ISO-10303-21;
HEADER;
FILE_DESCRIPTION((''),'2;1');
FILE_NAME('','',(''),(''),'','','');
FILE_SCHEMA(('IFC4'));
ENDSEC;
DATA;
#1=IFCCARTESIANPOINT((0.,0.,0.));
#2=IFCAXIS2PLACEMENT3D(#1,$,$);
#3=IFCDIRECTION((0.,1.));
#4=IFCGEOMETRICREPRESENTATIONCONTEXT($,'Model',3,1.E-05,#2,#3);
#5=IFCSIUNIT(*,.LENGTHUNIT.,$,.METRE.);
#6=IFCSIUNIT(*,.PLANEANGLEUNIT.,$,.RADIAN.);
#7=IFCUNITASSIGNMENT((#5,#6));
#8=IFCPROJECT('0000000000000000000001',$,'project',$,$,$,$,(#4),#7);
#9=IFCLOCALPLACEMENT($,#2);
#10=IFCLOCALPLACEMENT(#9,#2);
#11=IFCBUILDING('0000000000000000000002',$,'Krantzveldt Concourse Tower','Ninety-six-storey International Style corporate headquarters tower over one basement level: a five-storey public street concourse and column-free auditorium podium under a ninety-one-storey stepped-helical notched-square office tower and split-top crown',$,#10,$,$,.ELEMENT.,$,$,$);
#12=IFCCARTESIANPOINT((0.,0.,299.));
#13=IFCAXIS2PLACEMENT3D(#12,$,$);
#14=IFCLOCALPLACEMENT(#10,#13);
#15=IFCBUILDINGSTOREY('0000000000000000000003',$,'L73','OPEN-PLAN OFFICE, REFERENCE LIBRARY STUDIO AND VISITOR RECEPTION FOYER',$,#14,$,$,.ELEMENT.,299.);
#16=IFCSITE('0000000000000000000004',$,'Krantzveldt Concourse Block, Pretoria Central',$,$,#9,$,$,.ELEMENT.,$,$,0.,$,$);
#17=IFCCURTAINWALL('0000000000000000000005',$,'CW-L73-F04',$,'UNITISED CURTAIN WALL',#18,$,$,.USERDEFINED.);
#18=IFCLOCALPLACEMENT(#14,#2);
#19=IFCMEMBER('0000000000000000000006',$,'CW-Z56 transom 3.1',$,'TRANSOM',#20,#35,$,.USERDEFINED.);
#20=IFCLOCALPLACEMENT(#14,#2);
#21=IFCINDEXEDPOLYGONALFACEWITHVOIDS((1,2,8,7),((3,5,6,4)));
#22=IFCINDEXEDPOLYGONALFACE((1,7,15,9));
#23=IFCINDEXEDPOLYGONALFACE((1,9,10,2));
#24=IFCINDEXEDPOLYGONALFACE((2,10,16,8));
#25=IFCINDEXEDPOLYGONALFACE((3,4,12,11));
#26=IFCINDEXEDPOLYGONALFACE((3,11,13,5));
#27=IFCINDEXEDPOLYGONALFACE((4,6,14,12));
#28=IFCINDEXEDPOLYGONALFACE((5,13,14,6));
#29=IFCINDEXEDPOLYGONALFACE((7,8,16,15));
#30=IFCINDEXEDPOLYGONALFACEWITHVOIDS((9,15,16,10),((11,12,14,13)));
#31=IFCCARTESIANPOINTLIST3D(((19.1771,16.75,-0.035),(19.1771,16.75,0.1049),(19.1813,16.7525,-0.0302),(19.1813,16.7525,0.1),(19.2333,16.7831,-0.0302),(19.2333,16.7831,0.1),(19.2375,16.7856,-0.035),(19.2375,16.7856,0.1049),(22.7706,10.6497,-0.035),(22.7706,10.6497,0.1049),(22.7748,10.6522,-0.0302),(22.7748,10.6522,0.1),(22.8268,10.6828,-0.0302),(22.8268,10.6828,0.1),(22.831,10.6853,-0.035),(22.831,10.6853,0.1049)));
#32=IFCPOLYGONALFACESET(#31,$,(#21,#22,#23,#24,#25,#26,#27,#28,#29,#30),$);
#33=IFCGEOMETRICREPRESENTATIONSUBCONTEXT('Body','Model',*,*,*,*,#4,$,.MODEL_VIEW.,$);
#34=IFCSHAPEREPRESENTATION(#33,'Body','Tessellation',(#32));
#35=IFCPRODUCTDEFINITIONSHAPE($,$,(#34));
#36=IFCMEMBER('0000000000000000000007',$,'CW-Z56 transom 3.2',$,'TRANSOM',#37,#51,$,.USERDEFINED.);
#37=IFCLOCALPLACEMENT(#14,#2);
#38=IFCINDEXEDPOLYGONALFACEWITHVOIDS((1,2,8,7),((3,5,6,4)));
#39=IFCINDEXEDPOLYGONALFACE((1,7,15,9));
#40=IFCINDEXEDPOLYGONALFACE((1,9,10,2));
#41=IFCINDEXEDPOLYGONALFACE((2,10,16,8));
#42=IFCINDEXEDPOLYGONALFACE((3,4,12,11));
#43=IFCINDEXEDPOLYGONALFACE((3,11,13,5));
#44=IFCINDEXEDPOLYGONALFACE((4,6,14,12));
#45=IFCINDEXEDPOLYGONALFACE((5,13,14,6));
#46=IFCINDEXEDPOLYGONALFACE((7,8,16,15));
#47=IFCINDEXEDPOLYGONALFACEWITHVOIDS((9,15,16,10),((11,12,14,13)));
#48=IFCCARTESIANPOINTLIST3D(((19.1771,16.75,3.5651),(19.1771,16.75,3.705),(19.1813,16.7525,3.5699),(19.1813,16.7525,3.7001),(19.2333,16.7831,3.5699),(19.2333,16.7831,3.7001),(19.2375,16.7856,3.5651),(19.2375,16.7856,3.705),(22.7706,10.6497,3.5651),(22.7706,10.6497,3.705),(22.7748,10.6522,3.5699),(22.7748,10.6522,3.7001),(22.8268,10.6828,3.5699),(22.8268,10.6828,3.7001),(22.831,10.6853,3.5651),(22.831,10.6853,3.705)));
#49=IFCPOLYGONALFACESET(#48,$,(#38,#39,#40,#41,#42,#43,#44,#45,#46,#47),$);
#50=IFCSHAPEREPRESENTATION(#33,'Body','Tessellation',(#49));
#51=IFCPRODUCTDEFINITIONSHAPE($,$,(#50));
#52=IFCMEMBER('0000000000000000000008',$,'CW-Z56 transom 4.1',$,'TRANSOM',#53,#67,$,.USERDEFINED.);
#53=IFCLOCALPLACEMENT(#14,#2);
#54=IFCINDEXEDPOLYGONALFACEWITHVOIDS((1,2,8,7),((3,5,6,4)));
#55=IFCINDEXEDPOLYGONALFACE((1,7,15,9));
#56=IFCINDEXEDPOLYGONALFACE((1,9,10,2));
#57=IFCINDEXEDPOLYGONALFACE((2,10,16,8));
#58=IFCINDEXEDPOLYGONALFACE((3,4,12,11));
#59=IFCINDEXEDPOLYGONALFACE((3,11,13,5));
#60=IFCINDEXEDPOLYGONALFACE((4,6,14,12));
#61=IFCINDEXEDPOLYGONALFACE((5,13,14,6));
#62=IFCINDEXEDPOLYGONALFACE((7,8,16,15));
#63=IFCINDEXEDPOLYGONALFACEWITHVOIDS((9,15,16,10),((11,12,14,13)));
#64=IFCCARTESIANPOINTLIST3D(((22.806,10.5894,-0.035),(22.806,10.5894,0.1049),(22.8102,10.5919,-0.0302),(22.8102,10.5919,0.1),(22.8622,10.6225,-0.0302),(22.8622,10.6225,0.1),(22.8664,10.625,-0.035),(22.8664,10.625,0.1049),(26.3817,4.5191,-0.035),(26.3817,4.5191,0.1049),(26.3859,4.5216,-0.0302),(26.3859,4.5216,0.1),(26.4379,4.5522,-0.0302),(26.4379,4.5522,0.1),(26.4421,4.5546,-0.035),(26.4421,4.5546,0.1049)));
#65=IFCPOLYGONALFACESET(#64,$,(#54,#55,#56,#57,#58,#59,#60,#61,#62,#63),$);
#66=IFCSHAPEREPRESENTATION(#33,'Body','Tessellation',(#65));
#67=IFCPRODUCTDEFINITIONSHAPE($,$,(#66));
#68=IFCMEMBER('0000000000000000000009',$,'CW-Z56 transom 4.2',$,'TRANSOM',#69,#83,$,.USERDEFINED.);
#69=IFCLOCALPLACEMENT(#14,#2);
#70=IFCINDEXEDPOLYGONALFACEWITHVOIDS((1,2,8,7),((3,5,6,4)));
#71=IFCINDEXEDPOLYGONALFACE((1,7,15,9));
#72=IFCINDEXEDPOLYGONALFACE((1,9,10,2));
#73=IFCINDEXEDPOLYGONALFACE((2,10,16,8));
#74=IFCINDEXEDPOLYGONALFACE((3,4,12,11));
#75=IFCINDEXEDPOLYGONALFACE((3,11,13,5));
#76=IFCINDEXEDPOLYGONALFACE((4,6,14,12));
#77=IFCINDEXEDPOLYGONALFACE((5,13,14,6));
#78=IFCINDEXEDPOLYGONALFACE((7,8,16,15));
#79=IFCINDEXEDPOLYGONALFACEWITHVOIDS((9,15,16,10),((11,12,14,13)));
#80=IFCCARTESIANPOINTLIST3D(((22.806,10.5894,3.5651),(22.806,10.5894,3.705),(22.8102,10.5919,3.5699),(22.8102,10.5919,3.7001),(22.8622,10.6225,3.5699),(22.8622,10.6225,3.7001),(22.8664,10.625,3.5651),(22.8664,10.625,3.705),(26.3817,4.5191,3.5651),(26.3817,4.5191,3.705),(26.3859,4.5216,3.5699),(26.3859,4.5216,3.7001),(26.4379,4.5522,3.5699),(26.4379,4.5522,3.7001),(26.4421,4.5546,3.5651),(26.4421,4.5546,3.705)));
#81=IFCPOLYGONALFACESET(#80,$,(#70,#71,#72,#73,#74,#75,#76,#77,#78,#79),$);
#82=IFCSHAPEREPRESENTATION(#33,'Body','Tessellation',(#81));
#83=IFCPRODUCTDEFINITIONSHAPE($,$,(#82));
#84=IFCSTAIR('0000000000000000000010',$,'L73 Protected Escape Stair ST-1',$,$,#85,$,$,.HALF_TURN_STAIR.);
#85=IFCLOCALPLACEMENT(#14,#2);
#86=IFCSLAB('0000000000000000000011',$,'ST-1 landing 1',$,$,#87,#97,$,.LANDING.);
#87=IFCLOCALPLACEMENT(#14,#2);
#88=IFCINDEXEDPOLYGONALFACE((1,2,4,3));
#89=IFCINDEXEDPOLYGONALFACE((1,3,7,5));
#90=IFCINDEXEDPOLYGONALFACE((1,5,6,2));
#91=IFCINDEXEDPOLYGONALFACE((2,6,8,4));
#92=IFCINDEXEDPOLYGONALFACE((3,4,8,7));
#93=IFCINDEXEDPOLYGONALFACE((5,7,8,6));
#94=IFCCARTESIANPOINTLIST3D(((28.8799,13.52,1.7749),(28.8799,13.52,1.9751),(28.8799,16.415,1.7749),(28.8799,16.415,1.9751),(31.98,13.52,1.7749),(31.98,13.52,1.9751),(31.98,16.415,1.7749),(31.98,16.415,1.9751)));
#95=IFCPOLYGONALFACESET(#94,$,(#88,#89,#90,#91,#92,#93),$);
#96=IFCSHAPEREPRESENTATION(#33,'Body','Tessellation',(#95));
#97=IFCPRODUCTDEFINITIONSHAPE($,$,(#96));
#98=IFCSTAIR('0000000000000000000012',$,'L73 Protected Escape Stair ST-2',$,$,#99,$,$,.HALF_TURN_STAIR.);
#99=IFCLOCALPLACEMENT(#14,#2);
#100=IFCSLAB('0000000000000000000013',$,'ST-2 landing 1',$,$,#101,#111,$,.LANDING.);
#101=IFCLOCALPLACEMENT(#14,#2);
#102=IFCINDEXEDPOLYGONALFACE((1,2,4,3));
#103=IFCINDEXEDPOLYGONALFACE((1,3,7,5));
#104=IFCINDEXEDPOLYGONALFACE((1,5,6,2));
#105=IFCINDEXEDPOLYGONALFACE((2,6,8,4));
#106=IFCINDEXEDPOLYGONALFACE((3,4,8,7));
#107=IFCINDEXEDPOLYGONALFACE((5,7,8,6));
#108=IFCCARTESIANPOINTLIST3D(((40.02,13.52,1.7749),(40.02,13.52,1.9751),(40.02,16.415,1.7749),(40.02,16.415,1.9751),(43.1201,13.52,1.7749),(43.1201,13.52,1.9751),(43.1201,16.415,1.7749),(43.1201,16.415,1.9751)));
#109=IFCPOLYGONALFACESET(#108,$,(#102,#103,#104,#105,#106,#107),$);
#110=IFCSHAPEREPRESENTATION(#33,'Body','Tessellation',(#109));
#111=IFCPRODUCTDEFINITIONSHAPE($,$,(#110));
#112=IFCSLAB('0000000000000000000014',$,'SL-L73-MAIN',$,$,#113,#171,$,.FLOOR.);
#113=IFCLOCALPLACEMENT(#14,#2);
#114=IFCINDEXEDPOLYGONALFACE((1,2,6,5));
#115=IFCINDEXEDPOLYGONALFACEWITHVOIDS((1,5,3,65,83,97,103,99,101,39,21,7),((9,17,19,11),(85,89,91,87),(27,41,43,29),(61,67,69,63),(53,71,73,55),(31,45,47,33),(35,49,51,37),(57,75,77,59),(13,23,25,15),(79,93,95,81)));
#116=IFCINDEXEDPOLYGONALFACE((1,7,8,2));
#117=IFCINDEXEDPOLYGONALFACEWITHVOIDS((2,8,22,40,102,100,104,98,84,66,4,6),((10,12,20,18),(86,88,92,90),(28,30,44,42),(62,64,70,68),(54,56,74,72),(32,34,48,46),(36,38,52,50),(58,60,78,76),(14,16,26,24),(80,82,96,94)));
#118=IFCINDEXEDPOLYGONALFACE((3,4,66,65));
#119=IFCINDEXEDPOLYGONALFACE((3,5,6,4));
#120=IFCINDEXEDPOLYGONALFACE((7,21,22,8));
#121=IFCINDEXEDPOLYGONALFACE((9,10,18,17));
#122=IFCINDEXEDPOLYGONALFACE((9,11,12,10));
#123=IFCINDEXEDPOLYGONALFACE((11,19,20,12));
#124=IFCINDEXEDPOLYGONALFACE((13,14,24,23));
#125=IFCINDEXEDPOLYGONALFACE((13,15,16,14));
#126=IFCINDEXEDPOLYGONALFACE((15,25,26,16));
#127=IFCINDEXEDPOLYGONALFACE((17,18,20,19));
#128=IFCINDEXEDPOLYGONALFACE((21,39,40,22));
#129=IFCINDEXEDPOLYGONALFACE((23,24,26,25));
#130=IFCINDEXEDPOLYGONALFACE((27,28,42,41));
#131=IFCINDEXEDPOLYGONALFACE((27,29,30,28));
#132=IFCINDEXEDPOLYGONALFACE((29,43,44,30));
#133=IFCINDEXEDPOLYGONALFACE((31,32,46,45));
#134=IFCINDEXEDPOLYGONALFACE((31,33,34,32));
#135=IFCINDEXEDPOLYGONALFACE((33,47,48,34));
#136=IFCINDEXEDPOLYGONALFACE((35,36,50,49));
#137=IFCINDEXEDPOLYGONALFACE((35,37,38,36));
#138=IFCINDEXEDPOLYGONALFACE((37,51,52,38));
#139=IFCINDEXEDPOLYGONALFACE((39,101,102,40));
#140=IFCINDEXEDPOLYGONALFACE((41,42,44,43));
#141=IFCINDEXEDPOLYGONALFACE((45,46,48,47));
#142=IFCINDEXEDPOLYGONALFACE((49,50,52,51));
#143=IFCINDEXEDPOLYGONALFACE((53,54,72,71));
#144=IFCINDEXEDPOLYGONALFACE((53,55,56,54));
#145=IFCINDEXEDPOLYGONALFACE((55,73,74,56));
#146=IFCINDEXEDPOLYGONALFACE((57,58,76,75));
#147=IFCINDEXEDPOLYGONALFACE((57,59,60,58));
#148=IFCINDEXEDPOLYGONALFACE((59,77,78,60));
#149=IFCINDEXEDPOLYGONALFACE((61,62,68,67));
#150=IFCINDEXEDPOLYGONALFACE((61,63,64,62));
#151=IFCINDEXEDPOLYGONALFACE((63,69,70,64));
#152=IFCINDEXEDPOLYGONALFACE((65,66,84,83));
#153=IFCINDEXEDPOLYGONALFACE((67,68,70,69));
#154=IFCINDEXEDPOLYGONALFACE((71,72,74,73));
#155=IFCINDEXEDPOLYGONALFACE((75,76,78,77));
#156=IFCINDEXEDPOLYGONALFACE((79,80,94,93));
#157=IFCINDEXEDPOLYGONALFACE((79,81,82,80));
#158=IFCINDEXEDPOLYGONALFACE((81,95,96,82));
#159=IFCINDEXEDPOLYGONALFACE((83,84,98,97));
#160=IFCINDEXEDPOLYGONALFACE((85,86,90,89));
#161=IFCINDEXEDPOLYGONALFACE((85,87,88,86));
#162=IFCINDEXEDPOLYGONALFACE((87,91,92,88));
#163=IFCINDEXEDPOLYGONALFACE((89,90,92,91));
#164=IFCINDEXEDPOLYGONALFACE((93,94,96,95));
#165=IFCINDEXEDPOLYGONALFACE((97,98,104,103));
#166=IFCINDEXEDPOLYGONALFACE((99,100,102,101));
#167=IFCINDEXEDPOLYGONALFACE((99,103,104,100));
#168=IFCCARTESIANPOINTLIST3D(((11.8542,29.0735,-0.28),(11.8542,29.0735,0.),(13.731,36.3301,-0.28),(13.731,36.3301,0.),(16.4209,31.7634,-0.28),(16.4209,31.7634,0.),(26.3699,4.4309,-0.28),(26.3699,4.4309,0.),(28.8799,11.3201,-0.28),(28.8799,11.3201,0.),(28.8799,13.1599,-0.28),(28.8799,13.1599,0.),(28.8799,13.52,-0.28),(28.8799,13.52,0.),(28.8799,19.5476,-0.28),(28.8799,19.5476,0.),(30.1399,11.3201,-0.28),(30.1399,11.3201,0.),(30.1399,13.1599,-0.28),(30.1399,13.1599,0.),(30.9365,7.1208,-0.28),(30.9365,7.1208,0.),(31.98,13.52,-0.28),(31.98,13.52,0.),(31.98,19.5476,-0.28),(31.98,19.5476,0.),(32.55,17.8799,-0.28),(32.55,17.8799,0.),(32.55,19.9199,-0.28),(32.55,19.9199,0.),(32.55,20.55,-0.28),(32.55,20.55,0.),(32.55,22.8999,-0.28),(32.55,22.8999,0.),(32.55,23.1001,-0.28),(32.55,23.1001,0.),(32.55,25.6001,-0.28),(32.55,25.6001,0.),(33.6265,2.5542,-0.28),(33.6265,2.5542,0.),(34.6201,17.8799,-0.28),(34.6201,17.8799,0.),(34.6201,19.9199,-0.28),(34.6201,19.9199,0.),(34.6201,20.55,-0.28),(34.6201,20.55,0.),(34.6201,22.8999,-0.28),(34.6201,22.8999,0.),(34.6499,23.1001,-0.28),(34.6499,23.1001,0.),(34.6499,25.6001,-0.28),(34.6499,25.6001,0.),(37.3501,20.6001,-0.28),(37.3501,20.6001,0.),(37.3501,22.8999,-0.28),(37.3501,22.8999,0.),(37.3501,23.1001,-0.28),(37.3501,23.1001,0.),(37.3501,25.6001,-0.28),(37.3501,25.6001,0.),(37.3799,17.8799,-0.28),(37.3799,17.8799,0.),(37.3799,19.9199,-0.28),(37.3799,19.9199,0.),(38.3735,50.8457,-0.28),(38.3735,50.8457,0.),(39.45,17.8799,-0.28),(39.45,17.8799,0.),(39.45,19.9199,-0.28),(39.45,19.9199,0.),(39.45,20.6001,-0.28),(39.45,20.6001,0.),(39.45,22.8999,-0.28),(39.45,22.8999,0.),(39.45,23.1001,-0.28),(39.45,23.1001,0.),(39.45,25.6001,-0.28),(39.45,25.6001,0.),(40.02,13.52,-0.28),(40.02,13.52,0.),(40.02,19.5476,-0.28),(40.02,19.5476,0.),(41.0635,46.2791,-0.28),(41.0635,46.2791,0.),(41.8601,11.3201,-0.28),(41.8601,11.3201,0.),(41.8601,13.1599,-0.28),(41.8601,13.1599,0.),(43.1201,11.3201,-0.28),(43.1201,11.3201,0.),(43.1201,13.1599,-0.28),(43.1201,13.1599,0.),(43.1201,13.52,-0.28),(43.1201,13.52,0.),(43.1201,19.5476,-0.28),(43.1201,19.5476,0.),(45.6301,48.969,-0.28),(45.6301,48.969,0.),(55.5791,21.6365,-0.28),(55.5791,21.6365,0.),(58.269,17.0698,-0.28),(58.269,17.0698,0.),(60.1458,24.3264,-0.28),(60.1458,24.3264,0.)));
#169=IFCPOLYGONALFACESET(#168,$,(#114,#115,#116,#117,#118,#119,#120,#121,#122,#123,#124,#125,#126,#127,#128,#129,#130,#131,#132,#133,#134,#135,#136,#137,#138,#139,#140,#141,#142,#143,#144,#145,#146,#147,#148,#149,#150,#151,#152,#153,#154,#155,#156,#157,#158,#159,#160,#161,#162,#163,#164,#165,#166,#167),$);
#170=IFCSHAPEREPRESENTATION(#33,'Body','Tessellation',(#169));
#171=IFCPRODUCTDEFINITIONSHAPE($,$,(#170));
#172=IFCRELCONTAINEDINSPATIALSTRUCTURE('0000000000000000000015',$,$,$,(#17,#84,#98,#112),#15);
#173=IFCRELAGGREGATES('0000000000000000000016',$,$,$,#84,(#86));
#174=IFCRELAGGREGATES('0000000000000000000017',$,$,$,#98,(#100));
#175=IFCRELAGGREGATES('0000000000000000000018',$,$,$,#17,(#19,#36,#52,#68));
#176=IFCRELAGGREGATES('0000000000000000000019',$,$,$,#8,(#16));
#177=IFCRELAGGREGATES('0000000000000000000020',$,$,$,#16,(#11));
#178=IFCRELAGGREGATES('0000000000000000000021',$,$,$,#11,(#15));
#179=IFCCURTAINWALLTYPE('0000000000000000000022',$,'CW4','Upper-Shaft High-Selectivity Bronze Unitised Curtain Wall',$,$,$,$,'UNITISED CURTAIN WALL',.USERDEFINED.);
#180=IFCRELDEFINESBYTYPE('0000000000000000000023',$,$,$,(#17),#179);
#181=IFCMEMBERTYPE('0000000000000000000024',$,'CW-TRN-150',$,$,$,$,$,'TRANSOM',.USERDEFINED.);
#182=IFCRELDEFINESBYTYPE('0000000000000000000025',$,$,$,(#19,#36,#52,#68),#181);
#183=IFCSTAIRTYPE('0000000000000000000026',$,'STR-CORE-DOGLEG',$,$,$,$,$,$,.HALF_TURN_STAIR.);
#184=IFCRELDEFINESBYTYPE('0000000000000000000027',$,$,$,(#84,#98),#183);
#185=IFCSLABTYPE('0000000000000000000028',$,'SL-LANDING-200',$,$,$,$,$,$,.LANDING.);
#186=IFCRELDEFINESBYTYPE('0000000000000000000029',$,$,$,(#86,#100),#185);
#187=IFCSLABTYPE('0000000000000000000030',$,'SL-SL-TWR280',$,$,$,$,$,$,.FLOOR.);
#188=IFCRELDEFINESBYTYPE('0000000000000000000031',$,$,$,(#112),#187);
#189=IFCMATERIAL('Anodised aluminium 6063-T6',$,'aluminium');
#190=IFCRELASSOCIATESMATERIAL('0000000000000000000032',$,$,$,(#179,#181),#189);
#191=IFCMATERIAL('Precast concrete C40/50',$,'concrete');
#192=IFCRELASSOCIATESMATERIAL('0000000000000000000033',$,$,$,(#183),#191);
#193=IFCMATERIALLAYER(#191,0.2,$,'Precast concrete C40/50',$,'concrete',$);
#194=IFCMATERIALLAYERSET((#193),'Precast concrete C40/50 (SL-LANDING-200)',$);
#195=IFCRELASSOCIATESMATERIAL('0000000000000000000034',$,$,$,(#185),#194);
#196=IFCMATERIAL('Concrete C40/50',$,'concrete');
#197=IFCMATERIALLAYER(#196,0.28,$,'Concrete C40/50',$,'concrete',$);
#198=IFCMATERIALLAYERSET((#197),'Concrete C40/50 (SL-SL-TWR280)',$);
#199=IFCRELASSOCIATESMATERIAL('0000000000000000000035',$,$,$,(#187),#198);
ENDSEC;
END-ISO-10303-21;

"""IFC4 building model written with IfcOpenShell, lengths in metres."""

from ifc_helpers import new_model, si_unit, direction, frame, origin, origin_2d, place, context, subcontext, project, spatial, polyline, hollow_rectangle, outline, extrude, source, transform, mapped, material, layer, layer_set, material_profile, profile_set, type_object, type_shapes, element, aggregate, save


model = new_model("IFC4")

# Units and contexts
model_context = context("Model", 3, precision=1e-05, world=origin(), true_north=direction((0.0, 1.0)))
body_context = subcontext(model_context, "Body", "Model", "MODEL_VIEW")
ifc_project = project(units=[si_unit("LENGTHUNIT", "METRE"), si_unit("PLANEANGLEUNIT", "RADIAN")], contexts=[model_context])

# Site, building, storey
site_placement = place(None, origin())
site = spatial("IfcSite", under=ifc_project, at=site_placement, Name="Krantzveldt Concourse Block, Pretoria Central", CompositionType="ELEMENT", RefElevation=0.0)
building_placement = place(site_placement, origin())
building = spatial("IfcBuilding", under=site, at=building_placement, Name="Krantzveldt Concourse Tower", Description="Ninety-six-storey International Style corporate headquarters tower over one basement level: a five-storey public street concourse and column-free auditorium podium under a ninety-one-storey stepped-helical notched-square office tower and split-top crown", CompositionType="ELEMENT")
storey_placement = place(building_placement, frame((0.0, 0.0, 299.0)))
storey = spatial("IfcBuildingStorey", under=building, at=storey_placement, Name="L73", Description="OPEN-PLAN OFFICE, REFERENCE LIBRARY STUDIO AND VISITOR RECEPTION FOYER", CompositionType="ELEMENT", Elevation=299.0)

# Curtain wall, members
ifc_material_1 = material(Name="Anodised aluminium 6063-T6", Category="aluminium")
curtain_wall_type = type_object("IfcCurtainWallType", Name="CW4", Description="Upper-Shaft High-Selectivity Bronze Unitised Curtain Wall", ElementType="UNITISED CURTAIN WALL", PredefinedType="USERDEFINED", material=ifc_material_1)
curtain_wall_placement = place(storey_placement, origin())
curtain_wall = element("IfcCurtainWall", 1, at=curtain_wall_placement, inside=storey, type_object=curtain_wall_type, Name="CW-L73-F04", ObjectType="UNITISED CURTAIN WALL", PredefinedType="USERDEFINED")
ifc_material_profile_1 = material_profile(ifc_material_1, hollow_rectangle(XDim=0.0701, YDim=0.1399, WallThickness=0.0049, at=origin_2d()), Name="Anodised aluminium 6063-T6", Category="aluminium")
ifc_profile_set_1 = profile_set([ifc_material_profile_1], Name="Anodised aluminium 6063-T6 - ALU-TRAN 140x70x5")
member_type_1 = type_object("IfcMemberType", Name="CW-TRN-150", ElementType="TRANSOM", PredefinedType="USERDEFINED", material=ifc_profile_set_1)
shared_shape_1 = source(origin(), body_context, "Body", "SweptSolid", [
    extrude(hollow_rectangle(XDim=0.0701, YDim=0.1399, WallThickness=0.0049, at=origin_2d()), origin(), (0.0, 0.0, 1.0), 7.0801),
])
member_1_placement = place(storey_placement, frame((19.2073, 16.7678, 0.0349), z_axis=(0.507552, -0.861621, 0.0), x_axis=(0.861621, 0.507552, 0.0)))
member_1 = element("IfcMember", 2, at=member_1_placement, type_object=member_type_1, Name="CW-Z56 transom 3.1", ObjectType="TRANSOM", PredefinedType="USERDEFINED", context=body_context, shape_type="MappedRepresentation", body=[
    mapped(shared_shape_1, transform((0.0, 0.0, 0.0), x_axis=(1.0, 0.0, 0.0), y_axis=(0.0, 1.0, 0.0), z_axis=(0.0, 0.0, 1.0), scale=1.0)),
])
member_2_placement = place(storey_placement, frame((19.2073, 16.7678, 3.635), z_axis=(0.507552, -0.861621, 0.0), x_axis=(0.861621, 0.507552, 0.0)))
member_2 = element("IfcMember", 3, at=member_2_placement, type_object=member_type_1, Name="CW-Z56 transom 3.2", ObjectType="TRANSOM", PredefinedType="USERDEFINED", context=body_context, shape_type="MappedRepresentation", body=[
    mapped(shared_shape_1, transform((0.0, 0.0, 0.0), x_axis=(1.0, 0.0, 0.0), y_axis=(0.0, 1.0, 0.0), z_axis=(0.0, 0.0, 1.0), scale=1.0)),
])
shared_shape_2 = source(origin(), body_context, "Body", "SweptSolid", [
    extrude(hollow_rectangle(XDim=0.0701, YDim=0.1399, WallThickness=0.0049, at=origin_2d()), origin(), (0.0, 0.0, 1.0), 7.0452),
])
type_shapes(member_type_1, [shared_shape_1, shared_shape_2])
member_3_placement = place(storey_placement, frame((22.8362, 10.6072, 0.0349), z_axis=(0.507538, -0.861629, 0.0), x_axis=(0.861629, 0.507538, 0.0)))
member_3 = element("IfcMember", 4, at=member_3_placement, type_object=member_type_1, Name="CW-Z56 transom 4.1", ObjectType="TRANSOM", PredefinedType="USERDEFINED", context=body_context, shape_type="MappedRepresentation", body=[
    mapped(shared_shape_2, transform((0.0, 0.0, 0.0), x_axis=(1.0, 0.0, 0.0), y_axis=(0.0, 1.0, 0.0), z_axis=(0.0, 0.0, 1.0), scale=1.0)),
])
member_4_placement = place(storey_placement, frame((22.8362, 10.6072, 3.635), z_axis=(0.507538, -0.861629, 0.0), x_axis=(0.861629, 0.507538, 0.0)))
member_4 = element("IfcMember", 5, at=member_4_placement, type_object=member_type_1, Name="CW-Z56 transom 4.2", ObjectType="TRANSOM", PredefinedType="USERDEFINED", context=body_context, shape_type="MappedRepresentation", body=[
    mapped(shared_shape_2, transform((0.0, 0.0, 0.0), x_axis=(1.0, 0.0, 0.0), y_axis=(0.0, 1.0, 0.0), z_axis=(0.0, 0.0, 1.0), scale=1.0)),
])

# Stairs, slabs
ifc_material_2 = material(Name="Precast concrete C40/50", Category="concrete")
stair_type = type_object("IfcStairType", Name="STR-CORE-DOGLEG", PredefinedType="HALF_TURN_STAIR", material=ifc_material_2)
stair_1_placement = place(storey_placement, origin())
stair_1 = element("IfcStair", 6, at=stair_1_placement, inside=storey, type_object=stair_type, Name="L73 Protected Escape Stair ST-1", PredefinedType="HALF_TURN_STAIR")
ifc_layer_1 = layer(ifc_material_2, 0.2, Name="Precast concrete C40/50", Category="concrete")
ifc_layer_set_1 = layer_set([ifc_layer_1], Name="Precast concrete C40/50 (SL-LANDING-200)")
slab_type_1 = type_object("IfcSlabType", Name="SL-LANDING-200", PredefinedType="LANDING", material=ifc_layer_set_1)
slab_1_placement = place(storey_placement, frame((0.0, 0.0, 1.7749)))
slab_1 = element("IfcSlab", 7, at=slab_1_placement, type_object=slab_type_1, Name="ST-1 landing 1", PredefinedType="LANDING", context=body_context, shape_type="SweptSolid", body=[
    extrude(outline(polyline([(28.8799, 16.415), (28.8799, 13.52), (31.98, 13.52), (31.98, 16.415), (28.8799, 16.415)])), origin(), (0.0, 0.0, 1.0), 0.2002),
])
aggregate(stair_1, [slab_1])
stair_2_placement = place(storey_placement, origin())
stair_2 = element("IfcStair", 8, at=stair_2_placement, inside=storey, type_object=stair_type, Name="L73 Protected Escape Stair ST-2", PredefinedType="HALF_TURN_STAIR")
slab_2_placement = place(storey_placement, frame((0.0, 0.0, 1.7749)))
slab_2 = element("IfcSlab", 9, at=slab_2_placement, type_object=slab_type_1, Name="ST-2 landing 1", PredefinedType="LANDING", context=body_context, shape_type="SweptSolid", body=[
    extrude(outline(polyline([(40.02, 16.415), (40.02, 13.52), (43.1201, 13.52), (43.1201, 16.415), (40.02, 16.415)])), origin(), (0.0, 0.0, 1.0), 0.2002),
])
aggregate(stair_2, [slab_2])

# Slab
ifc_material_3 = material(Name="Concrete C40/50", Category="concrete")
ifc_layer_2 = layer(ifc_material_3, 0.28, Name="Concrete C40/50", Category="concrete")
ifc_layer_set_2 = layer_set([ifc_layer_2], Name="Concrete C40/50 (SL-SL-TWR280)")
slab_type_2 = type_object("IfcSlabType", Name="SL-SL-TWR280", PredefinedType="FLOOR", material=ifc_layer_set_2)
slab_3_placement = place(storey_placement, frame((0.0, 0.0, -0.28)))
element("IfcSlab", 10, at=slab_3_placement, inside=storey, type_object=slab_type_2, Name="SL-L73-MAIN", PredefinedType="FLOOR", context=body_context, shape_type="SweptSolid", body=[
    extrude(outline(polyline([(41.0635, 46.2791), (38.3735, 50.8457), (13.731, 36.3301), (16.4209, 31.7634), (11.8542, 29.0735), (26.3699, 4.4309), (30.9365, 7.1208), (33.6265, 2.5542), (58.269, 17.0698), (55.5791, 21.6365), (60.1458, 24.3264), (45.6301, 48.969), (41.0635, 46.2791)]), holes=[polyline([(28.8799, 19.5476), (28.8799, 13.52), (31.98, 13.52), (31.98, 19.5476), (28.8799, 19.5476)]), polyline([(40.02, 19.5476), (40.02, 13.52), (43.1201, 13.52), (43.1201, 19.5476), (40.02, 19.5476)]), polyline([(32.55, 23.1001), (34.6499, 23.1001), (34.6499, 25.6001), (32.55, 25.6001), (32.55, 23.1001)]), polyline([(37.3501, 23.1001), (39.45, 23.1001), (39.45, 25.6001), (37.3501, 25.6001), (37.3501, 23.1001)]), polyline([(37.3501, 20.6001), (39.45, 20.6001), (39.45, 22.8999), (37.3501, 22.8999), (37.3501, 20.6001)]), polyline([(32.55, 20.55), (34.6201, 20.55), (34.6201, 22.8999), (32.55, 22.8999), (32.55, 20.55)]), polyline([(32.55, 17.8799), (34.6201, 17.8799), (34.6201, 19.9199), (32.55, 19.9199), (32.55, 17.8799)]), polyline([(37.3799, 17.8799), (39.45, 17.8799), (39.45, 19.9199), (37.3799, 19.9199), (37.3799, 17.8799)]), polyline([(28.8799, 11.3201), (30.1399, 11.3201), (30.1399, 13.1599), (28.8799, 13.1599), (28.8799, 11.3201)]), polyline([(41.8601, 11.3201), (43.1201, 11.3201), (43.1201, 13.1599), (41.8601, 13.1599), (41.8601, 11.3201)])]), origin(), (0.0, 0.0, 1.0), 0.28),
])

aggregate(curtain_wall, [member_1, member_2, member_3, member_4])

save(model, "model.ifc")
